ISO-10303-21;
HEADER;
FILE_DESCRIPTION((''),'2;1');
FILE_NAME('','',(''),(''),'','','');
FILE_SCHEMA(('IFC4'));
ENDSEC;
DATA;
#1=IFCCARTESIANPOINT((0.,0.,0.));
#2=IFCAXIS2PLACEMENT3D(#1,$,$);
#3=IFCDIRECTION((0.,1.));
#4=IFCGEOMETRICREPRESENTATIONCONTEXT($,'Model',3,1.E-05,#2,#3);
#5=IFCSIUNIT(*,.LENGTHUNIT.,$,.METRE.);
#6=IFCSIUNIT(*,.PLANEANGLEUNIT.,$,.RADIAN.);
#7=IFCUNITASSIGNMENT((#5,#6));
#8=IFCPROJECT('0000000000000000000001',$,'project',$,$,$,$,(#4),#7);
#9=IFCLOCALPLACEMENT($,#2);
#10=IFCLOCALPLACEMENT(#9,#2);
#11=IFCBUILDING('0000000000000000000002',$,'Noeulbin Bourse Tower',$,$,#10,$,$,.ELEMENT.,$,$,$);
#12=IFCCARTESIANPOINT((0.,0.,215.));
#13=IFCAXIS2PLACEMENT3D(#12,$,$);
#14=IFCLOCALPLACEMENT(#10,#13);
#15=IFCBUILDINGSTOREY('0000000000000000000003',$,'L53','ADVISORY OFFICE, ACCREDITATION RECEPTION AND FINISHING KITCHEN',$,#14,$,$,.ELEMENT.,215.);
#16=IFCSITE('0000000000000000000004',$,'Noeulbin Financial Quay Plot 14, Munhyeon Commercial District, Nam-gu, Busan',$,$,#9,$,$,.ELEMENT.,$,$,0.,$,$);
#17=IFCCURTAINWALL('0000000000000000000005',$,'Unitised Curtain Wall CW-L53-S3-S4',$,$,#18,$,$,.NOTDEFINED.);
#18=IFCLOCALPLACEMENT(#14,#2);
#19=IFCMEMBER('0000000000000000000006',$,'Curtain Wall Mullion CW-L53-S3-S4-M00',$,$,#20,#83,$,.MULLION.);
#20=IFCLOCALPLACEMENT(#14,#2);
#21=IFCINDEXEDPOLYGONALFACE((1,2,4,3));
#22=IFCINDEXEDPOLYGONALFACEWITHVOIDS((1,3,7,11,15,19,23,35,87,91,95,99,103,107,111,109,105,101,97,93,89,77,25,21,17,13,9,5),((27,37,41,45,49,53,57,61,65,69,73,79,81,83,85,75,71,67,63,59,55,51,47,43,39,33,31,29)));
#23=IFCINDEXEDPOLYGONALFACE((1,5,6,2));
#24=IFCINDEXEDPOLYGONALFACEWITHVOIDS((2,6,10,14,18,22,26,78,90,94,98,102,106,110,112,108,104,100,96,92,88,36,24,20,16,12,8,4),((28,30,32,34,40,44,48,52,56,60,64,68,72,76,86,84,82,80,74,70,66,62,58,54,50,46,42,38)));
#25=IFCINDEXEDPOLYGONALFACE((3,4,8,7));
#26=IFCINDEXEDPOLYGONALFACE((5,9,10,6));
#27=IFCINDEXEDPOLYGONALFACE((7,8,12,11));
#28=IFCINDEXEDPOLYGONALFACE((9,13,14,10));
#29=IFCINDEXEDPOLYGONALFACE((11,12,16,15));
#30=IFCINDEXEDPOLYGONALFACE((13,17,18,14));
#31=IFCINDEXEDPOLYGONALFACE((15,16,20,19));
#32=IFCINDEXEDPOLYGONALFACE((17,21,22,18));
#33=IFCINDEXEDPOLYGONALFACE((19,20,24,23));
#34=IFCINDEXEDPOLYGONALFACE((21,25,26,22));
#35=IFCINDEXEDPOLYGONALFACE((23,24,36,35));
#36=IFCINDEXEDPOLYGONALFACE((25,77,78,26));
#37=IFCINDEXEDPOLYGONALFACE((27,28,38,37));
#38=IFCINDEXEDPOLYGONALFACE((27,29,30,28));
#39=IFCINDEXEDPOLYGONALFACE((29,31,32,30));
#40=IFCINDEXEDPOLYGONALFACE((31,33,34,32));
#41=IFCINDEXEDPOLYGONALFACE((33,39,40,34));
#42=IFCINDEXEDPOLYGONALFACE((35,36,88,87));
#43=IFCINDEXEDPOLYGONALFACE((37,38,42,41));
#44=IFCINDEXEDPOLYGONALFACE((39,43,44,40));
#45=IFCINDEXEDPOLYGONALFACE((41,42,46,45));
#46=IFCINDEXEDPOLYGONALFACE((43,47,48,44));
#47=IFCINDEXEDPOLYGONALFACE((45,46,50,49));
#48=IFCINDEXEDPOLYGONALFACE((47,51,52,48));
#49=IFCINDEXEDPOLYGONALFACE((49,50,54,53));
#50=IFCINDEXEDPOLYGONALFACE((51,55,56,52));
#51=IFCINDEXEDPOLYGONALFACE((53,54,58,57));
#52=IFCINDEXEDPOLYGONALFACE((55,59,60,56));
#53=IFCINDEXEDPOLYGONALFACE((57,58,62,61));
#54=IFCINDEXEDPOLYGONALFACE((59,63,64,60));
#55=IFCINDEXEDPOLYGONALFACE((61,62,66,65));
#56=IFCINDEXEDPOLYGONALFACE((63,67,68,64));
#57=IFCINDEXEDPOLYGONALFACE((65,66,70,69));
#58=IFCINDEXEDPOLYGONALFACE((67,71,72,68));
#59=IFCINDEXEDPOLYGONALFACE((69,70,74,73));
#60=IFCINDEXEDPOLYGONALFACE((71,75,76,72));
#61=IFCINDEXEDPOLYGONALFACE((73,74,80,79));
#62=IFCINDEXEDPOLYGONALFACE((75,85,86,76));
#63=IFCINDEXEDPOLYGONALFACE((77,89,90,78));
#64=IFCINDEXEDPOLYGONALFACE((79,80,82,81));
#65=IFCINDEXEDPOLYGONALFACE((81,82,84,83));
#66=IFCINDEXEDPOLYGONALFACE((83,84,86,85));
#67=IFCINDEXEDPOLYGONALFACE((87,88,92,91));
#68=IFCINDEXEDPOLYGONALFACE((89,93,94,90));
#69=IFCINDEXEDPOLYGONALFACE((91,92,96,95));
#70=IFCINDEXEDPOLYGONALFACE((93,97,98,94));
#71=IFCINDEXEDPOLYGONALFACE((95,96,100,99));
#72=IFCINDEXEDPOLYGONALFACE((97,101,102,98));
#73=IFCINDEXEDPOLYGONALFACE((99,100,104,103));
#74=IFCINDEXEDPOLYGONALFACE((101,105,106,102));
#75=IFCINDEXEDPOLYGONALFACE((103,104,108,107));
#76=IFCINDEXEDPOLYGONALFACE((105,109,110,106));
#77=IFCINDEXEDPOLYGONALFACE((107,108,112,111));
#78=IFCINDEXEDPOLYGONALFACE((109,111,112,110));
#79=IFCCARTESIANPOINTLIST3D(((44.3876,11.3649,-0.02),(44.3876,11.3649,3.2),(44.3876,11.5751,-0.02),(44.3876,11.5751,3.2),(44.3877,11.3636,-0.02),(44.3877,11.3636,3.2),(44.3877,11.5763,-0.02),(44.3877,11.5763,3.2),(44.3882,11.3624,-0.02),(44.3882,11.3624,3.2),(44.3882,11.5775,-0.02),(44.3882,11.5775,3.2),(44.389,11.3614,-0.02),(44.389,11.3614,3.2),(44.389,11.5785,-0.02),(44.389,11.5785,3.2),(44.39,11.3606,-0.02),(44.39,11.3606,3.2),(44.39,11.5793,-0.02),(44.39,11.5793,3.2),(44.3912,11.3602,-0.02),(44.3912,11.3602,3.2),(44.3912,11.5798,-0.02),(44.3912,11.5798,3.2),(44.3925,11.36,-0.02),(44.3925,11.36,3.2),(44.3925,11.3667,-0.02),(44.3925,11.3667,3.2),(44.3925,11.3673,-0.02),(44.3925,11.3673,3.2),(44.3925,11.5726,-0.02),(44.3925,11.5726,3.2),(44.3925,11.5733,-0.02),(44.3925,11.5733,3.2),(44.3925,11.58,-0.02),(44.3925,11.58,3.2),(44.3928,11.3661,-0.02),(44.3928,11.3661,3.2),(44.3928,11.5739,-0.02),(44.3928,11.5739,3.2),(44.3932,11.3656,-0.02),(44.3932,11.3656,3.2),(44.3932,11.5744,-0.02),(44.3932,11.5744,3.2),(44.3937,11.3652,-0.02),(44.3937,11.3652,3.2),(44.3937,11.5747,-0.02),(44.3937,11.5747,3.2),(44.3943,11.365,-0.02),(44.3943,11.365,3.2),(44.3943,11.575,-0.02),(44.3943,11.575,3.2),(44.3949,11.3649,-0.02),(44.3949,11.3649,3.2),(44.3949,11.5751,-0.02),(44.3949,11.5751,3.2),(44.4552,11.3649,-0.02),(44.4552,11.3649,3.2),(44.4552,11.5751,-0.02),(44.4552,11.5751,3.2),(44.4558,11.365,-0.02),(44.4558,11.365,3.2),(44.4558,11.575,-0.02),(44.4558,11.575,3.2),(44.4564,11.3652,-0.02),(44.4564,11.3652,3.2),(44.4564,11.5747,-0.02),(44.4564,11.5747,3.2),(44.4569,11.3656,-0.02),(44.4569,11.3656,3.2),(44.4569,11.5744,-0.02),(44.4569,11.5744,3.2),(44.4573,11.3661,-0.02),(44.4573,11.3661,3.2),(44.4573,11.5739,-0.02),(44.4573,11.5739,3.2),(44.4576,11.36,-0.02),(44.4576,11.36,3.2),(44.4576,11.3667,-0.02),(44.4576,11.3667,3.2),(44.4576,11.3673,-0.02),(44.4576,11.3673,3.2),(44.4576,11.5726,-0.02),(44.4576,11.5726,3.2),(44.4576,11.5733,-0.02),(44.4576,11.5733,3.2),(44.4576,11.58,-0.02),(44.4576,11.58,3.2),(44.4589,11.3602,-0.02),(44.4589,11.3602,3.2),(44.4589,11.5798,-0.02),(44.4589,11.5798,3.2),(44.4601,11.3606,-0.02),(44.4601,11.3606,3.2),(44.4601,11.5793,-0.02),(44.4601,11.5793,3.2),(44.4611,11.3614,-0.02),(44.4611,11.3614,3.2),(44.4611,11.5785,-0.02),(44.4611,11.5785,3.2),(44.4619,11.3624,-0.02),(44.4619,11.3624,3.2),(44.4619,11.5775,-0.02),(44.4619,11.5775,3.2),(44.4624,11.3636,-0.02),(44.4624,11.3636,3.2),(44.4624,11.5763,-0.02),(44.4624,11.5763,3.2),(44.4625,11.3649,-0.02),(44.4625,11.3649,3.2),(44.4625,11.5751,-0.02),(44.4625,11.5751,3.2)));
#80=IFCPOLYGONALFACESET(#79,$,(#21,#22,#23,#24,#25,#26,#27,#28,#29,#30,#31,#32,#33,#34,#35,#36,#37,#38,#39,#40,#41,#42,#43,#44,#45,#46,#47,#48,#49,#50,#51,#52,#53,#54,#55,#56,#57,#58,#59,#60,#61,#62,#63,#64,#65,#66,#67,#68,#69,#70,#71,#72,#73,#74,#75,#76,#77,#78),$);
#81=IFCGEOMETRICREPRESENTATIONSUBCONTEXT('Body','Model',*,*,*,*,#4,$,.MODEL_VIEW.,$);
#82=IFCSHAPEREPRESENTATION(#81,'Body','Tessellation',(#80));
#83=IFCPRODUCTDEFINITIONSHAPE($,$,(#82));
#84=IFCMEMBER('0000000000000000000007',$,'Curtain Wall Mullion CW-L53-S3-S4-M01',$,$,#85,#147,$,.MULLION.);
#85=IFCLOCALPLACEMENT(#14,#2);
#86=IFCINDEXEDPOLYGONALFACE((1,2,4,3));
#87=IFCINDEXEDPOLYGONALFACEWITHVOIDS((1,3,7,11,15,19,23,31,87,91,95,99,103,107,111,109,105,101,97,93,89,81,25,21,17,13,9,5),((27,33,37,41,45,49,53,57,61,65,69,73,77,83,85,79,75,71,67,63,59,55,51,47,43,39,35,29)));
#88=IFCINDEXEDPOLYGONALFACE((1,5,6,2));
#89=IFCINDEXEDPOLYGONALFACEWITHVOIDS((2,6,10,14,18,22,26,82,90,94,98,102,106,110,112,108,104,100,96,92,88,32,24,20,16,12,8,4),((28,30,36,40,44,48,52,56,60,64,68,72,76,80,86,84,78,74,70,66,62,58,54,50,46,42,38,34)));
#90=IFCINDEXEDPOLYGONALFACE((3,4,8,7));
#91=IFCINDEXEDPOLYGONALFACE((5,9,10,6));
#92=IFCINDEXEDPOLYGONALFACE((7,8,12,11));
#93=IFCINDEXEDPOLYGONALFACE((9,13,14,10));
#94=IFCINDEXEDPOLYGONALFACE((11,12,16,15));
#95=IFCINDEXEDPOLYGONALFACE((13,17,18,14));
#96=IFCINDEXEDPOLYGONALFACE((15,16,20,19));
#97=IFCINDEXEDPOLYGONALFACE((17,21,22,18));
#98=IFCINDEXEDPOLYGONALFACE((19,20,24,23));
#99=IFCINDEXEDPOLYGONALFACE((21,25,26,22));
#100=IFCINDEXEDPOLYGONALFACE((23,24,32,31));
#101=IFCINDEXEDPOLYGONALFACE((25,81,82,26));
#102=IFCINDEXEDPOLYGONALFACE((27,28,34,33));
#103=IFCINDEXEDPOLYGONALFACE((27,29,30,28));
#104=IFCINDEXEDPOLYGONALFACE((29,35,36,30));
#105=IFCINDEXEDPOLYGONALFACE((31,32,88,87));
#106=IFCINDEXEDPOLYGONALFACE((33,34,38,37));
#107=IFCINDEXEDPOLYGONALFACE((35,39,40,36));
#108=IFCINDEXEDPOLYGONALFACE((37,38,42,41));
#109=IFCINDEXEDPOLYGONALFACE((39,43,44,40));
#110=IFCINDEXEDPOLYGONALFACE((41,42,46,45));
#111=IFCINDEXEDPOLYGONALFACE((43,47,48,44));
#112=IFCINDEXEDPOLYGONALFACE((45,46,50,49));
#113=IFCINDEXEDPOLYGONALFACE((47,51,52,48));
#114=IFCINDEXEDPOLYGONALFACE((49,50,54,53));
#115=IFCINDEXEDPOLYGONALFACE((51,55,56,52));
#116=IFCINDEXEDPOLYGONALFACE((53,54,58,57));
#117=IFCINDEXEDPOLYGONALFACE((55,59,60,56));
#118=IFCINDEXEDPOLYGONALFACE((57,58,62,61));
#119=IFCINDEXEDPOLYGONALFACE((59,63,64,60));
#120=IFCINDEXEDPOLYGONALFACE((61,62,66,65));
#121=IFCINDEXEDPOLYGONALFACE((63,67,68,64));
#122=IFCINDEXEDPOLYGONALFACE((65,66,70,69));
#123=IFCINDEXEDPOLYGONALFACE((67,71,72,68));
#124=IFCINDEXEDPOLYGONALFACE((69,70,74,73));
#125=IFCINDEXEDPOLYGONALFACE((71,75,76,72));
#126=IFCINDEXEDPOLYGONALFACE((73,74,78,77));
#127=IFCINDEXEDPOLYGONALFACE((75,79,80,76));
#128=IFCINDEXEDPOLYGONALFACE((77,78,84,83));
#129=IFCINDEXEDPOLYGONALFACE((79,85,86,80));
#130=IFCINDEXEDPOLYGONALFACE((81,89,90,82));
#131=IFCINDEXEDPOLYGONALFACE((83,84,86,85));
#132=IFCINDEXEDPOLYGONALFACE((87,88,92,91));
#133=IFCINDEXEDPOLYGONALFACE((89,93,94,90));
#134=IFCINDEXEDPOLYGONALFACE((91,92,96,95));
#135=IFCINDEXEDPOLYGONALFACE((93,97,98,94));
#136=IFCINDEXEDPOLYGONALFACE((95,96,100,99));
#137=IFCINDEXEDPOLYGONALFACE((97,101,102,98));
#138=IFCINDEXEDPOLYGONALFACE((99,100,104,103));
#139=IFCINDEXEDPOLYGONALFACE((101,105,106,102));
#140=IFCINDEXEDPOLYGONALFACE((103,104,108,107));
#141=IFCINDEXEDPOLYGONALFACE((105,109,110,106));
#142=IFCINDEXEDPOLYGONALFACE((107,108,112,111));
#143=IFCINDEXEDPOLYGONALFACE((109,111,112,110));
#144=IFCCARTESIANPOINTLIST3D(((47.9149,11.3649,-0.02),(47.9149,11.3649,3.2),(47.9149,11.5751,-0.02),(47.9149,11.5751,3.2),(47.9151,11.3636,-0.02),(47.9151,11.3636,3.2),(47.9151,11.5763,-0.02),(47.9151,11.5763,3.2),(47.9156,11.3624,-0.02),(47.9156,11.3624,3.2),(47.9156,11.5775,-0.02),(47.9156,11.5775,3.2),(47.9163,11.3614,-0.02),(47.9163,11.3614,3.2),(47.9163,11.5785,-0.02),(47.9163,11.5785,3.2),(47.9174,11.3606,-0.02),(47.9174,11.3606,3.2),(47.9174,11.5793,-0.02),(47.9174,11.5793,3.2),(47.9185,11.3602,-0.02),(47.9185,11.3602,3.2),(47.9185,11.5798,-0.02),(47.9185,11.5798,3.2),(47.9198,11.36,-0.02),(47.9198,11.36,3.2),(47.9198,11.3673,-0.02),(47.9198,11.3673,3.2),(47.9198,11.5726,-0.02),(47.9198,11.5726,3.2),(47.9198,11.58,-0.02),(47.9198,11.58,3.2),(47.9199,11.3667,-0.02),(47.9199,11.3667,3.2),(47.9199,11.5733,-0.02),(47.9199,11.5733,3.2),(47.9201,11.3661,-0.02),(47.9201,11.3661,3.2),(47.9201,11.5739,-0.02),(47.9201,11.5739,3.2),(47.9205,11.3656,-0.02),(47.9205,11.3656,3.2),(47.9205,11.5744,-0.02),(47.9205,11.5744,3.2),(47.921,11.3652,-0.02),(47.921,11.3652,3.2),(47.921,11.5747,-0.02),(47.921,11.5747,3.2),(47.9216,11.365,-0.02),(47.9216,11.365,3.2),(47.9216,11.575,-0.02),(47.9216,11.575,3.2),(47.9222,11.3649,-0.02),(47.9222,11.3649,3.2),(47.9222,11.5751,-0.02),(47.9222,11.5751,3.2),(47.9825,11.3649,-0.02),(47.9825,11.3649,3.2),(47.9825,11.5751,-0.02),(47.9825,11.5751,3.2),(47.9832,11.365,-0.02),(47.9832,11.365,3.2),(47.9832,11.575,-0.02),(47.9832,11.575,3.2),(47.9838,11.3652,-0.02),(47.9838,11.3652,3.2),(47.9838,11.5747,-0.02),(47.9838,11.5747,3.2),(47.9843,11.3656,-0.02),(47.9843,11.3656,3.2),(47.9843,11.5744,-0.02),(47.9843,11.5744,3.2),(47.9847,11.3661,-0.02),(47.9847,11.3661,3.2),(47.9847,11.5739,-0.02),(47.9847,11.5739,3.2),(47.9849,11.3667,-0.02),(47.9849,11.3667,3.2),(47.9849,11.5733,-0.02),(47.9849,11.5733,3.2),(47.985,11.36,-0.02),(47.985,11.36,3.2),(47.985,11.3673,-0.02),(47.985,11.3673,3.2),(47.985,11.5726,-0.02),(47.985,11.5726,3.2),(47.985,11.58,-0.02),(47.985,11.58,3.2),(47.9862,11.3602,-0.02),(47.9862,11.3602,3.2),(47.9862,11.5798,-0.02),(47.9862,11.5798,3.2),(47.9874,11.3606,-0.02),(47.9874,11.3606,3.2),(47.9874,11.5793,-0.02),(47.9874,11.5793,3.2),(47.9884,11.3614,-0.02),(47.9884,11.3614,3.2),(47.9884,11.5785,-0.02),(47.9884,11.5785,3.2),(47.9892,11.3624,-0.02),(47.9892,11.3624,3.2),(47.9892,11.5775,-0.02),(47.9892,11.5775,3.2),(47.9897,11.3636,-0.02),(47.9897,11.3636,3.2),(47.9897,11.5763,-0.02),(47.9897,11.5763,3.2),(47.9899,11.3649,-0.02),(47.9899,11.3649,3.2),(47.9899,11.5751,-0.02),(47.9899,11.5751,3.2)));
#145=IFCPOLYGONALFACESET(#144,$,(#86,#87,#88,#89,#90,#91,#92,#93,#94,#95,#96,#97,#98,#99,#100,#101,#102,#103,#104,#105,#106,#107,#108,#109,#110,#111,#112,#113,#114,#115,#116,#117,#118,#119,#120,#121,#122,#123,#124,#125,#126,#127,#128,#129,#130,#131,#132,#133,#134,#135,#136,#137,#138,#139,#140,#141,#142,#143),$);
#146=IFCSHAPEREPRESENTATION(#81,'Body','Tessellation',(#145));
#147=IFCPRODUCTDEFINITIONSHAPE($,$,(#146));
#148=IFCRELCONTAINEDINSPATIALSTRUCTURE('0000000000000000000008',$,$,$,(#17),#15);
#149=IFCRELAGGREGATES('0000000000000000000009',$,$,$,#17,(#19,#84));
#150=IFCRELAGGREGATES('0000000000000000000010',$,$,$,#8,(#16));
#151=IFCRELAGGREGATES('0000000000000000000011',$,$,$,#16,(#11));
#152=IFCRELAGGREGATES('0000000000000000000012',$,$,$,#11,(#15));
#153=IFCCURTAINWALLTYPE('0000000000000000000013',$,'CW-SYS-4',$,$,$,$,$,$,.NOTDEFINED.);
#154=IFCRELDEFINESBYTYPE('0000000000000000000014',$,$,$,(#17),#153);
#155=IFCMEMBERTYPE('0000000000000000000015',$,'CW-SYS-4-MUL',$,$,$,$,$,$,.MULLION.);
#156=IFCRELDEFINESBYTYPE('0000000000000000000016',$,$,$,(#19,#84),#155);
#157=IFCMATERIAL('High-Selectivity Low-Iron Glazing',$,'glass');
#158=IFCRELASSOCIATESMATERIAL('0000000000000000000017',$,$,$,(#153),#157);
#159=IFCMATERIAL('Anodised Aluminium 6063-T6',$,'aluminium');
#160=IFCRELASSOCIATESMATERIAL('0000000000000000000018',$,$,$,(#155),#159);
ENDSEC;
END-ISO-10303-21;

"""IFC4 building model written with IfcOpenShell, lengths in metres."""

from ifc_helpers import new_model, si_unit, direction, frame, origin, origin_2d, place, context, subcontext, project, spatial, hollow_rectangle, extrude, material, material_profile, profile_set, type_object, element, aggregate, save


model = new_model("IFC4")

# Units and contexts
model_context = context("Model", 3, precision=1e-05, world=origin(), true_north=direction((0.0, 1.0)))
body_context = subcontext(model_context, "Body", "Model", "MODEL_VIEW")
ifc_project = project(units=[si_unit("LENGTHUNIT", "METRE"), si_unit("PLANEANGLEUNIT", "RADIAN")], contexts=[model_context])

# Site, building, storey
site_placement = place(None, origin())
site = spatial("IfcSite", under=ifc_project, at=site_placement, Name="Noeulbin Financial Quay Plot 14, Munhyeon Commercial District, Nam-gu, Busan", CompositionType="ELEMENT", RefElevation=0.0)
building_placement = place(site_placement, origin())
building = spatial("IfcBuilding", under=site, at=building_placement, Name="Noeulbin Bourse Tower", CompositionType="ELEMENT")
storey_placement = place(building_placement, frame((0.0, 0.0, 215.0)))
storey = spatial("IfcBuildingStorey", under=building, at=storey_placement, Name="L53", Description="ADVISORY OFFICE, ACCREDITATION RECEPTION AND FINISHING KITCHEN", CompositionType="ELEMENT", Elevation=215.0)

# Curtain wall, members
ifc_material_1 = material(Name="High-Selectivity Low-Iron Glazing", Category="glass")
curtain_wall_type = type_object("IfcCurtainWallType", Name="CW-SYS-4", PredefinedType="NOTDEFINED", material=ifc_material_1)
ifc_material_2 = material(Name="Anodised Aluminium 6063-T6", Category="aluminium")
ifc_material_profile_1 = material_profile(ifc_material_2, hollow_rectangle(XDim=0.075, YDim=0.22, WallThickness=0.0049, InnerFilletRadius=0.0024, OuterFilletRadius=0.0049, at=origin_2d()), Name="ALU-MULL-75x220x5", Category="LoadBearing")
ifc_profile_set_1 = profile_set([ifc_material_profile_1], Name="Anodised Aluminium 6063-T6")
member_type_1 = type_object("IfcMemberType", Name="CW-SYS-4-MUL", PredefinedType="MULLION", material=ifc_profile_set_1)
curtain_wall_1_placement = place(storey_placement, origin())
curtain_wall_1 = element("IfcCurtainWall", 1, at=curtain_wall_1_placement, inside=storey, type_object=curtain_wall_type, Name="Unitised Curtain Wall CW-L53-S3-S4", PredefinedType="NOTDEFINED")
member_1_placement = place(storey_placement, frame((44.425, 11.47, -0.02), z_axis=(0.0, 0.0, 1.0), x_axis=(1.0, 0.0, 0.0)))
member_1 = element("IfcMember", 2, at=member_1_placement, type_object=member_type_1, Name="Curtain Wall Mullion CW-L53-S3-S4-M00", PredefinedType="MULLION", context=body_context, shape_type="SweptSolid", body=[
    extrude(hollow_rectangle(XDim=0.075, YDim=0.22, WallThickness=0.0049, InnerFilletRadius=0.0024, OuterFilletRadius=0.0049, at=origin_2d()), origin(), (0.0, 0.0, 1.0), 3.22),
])
member_2_placement = place(storey_placement, frame((47.9524, 11.47, -0.02), z_axis=(0.0, 0.0, 1.0), x_axis=(1.0, 0.0, 0.0)))
member_2 = element("IfcMember", 3, at=member_2_placement, type_object=member_type_1, Name="Curtain Wall Mullion CW-L53-S3-S4-M01", PredefinedType="MULLION", context=body_context, shape_type="SweptSolid", body=[
    extrude(hollow_rectangle(XDim=0.075, YDim=0.22, WallThickness=0.0049, InnerFilletRadius=0.0024, OuterFilletRadius=0.0049, at=origin_2d()), origin(), (0.0, 0.0, 1.0), 3.22),
])

aggregate(curtain_wall_1, [member_1, member_2])

save(model, "model.ifc")
